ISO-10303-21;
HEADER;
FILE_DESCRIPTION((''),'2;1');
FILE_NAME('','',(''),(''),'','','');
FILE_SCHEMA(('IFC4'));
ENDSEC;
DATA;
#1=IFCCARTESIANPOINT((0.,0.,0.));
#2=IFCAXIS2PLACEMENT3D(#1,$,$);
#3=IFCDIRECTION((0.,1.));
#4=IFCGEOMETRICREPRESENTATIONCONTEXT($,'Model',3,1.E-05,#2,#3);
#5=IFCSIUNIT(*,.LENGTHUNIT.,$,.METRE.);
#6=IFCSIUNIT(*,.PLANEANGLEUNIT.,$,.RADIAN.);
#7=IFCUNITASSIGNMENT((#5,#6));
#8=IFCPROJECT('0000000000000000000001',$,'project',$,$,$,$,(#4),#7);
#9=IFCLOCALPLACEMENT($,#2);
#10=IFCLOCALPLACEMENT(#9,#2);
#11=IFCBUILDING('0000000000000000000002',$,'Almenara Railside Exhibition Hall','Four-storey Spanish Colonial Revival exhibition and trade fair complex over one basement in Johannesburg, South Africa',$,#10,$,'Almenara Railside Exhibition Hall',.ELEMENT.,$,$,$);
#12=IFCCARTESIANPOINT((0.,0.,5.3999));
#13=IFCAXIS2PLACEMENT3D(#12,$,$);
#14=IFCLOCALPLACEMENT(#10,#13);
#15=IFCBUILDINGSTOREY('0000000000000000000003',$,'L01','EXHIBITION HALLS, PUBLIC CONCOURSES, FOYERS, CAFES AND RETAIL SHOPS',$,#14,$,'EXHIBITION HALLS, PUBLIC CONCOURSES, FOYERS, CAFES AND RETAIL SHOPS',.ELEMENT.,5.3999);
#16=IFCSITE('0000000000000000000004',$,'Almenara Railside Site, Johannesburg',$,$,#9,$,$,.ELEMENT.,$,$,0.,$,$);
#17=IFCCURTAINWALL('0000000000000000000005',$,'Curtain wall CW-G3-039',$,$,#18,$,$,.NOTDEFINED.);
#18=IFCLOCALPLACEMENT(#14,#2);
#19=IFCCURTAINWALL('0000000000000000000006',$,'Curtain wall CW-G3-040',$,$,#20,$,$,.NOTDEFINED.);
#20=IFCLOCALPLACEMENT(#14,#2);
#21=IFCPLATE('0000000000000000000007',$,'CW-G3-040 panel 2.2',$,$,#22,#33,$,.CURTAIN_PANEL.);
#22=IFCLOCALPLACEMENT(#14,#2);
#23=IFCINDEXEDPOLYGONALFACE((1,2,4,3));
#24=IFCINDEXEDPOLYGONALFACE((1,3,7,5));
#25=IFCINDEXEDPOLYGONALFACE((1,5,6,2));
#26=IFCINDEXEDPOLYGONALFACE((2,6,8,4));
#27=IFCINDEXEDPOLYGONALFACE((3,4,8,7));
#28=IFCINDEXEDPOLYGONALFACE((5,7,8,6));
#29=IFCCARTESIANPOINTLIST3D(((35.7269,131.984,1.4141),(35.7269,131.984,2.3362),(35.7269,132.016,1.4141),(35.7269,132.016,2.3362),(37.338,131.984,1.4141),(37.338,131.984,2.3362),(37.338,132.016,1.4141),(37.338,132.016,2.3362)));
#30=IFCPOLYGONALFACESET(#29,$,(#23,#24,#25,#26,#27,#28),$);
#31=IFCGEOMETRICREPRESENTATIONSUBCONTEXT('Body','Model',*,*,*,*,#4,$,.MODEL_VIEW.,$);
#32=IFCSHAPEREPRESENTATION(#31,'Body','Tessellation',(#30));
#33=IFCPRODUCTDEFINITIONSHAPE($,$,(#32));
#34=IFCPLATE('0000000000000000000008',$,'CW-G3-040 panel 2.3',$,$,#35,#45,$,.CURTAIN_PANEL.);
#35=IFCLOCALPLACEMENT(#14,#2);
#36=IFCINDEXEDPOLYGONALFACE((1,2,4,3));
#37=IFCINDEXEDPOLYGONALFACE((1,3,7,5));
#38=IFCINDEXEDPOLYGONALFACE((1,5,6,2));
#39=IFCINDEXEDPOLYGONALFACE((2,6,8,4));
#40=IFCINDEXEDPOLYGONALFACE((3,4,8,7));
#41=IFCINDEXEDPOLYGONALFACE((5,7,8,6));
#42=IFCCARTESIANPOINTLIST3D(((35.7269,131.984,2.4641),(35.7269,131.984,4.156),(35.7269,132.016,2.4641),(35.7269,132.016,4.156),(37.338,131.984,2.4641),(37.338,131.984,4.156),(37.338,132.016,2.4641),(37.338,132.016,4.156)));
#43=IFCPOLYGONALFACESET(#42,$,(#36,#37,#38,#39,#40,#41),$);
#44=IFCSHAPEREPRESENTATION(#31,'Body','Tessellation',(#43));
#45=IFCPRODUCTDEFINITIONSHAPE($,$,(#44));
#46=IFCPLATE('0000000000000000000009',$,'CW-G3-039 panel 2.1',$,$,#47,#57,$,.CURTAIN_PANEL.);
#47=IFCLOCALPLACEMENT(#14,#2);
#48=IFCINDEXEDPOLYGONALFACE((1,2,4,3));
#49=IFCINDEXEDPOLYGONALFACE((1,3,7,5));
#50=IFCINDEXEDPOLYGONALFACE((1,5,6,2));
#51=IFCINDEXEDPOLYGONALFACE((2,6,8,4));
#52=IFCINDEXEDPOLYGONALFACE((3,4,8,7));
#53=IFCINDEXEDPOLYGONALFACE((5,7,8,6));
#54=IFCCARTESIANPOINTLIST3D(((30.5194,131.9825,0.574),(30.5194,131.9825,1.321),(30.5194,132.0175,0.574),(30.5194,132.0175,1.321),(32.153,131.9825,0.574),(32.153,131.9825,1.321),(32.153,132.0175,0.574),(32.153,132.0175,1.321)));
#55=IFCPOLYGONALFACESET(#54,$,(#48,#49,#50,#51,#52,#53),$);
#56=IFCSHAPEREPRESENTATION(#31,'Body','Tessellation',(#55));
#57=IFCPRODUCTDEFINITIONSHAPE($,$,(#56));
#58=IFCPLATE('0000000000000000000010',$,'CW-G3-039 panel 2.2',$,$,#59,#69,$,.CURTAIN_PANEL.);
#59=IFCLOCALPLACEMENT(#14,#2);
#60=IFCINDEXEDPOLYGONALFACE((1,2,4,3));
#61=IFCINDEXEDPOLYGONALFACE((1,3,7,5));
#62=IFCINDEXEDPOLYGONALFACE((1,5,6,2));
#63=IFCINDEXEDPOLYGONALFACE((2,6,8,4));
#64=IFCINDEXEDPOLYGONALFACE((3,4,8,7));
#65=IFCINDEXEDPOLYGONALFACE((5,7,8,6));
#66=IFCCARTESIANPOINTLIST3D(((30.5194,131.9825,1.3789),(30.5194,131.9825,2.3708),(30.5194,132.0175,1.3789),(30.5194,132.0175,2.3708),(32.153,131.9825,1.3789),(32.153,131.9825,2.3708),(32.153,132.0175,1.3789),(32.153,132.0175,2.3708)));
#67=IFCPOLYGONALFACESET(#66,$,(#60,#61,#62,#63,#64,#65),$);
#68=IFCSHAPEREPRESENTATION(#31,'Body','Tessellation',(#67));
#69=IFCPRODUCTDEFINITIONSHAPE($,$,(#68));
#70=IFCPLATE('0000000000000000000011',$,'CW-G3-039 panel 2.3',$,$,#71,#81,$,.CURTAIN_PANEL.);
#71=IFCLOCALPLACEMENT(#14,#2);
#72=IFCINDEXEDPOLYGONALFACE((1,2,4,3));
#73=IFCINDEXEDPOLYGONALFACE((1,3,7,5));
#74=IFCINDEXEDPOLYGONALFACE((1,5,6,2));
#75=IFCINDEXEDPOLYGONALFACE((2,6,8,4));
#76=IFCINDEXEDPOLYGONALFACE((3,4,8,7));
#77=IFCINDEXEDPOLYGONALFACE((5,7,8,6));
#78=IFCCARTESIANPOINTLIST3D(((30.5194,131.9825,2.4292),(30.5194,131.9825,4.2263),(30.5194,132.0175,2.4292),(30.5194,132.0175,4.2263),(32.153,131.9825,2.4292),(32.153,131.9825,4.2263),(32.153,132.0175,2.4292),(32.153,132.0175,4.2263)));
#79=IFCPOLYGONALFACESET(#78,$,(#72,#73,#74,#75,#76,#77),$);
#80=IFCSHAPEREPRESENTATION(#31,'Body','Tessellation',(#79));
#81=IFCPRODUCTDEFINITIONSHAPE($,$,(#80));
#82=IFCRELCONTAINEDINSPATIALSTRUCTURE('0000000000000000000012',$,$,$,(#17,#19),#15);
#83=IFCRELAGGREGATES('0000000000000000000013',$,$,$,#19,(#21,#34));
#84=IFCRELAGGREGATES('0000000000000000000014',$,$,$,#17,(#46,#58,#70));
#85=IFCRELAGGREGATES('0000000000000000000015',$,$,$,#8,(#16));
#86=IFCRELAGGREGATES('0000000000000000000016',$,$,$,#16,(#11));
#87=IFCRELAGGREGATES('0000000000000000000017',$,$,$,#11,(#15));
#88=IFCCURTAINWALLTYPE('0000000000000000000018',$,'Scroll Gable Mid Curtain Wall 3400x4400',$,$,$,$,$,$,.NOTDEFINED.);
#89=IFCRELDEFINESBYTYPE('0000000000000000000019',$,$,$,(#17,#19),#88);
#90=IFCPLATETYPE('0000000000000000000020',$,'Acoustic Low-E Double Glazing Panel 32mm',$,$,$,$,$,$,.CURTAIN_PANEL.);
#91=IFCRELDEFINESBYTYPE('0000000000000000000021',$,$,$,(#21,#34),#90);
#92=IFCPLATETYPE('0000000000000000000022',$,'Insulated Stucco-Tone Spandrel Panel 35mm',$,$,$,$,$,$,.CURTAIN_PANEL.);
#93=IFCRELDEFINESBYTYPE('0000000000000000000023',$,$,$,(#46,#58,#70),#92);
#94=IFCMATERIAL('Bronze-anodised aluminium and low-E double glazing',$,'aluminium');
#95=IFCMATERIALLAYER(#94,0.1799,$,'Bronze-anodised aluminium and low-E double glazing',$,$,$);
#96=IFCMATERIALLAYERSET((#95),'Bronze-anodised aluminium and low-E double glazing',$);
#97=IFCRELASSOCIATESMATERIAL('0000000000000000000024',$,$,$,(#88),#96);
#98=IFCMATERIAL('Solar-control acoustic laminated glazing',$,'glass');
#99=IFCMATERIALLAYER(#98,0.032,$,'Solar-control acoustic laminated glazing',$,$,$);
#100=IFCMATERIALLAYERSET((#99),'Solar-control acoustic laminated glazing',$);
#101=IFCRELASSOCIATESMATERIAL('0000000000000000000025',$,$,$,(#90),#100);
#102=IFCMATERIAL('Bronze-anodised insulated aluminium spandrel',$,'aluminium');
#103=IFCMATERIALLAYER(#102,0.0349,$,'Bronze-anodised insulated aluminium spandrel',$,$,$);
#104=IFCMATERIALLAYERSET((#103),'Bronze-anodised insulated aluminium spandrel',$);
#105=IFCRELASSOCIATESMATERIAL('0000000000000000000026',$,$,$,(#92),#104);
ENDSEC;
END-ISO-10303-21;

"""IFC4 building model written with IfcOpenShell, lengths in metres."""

from ifc_helpers import new_model, si_unit, direction, frame, origin, origin_2d, place, context, subcontext, project, spatial, rectangle, extrude, material, layer, layer_set, type_object, element, aggregate, save


model = new_model("IFC4")

# Units and contexts
model_context = context("Model", 3, precision=1e-05, world=origin(), true_north=direction((0.0, 1.0)))
body_context = subcontext(model_context, "Body", "Model", "MODEL_VIEW")
ifc_project = project(units=[si_unit("LENGTHUNIT", "METRE"), si_unit("PLANEANGLEUNIT", "RADIAN")], contexts=[model_context])

# Site, building, storey
site_placement = place(None, origin())
site = spatial("IfcSite", under=ifc_project, at=site_placement, Name="Almenara Railside Site, Johannesburg", CompositionType="ELEMENT", RefElevation=0.0)
building_placement = place(site_placement, origin())
building = spatial("IfcBuilding", under=site, at=building_placement, Name="Almenara Railside Exhibition Hall", Description="Four-storey Spanish Colonial Revival exhibition and trade fair complex over one basement in Johannesburg, South Africa", LongName="Almenara Railside Exhibition Hall", CompositionType="ELEMENT")
storey_placement = place(building_placement, frame((0.0, 0.0, 5.3999)))
storey = spatial("IfcBuildingStorey", under=building, at=storey_placement, Name="L01", Description="EXHIBITION HALLS, PUBLIC CONCOURSES, FOYERS, CAFES AND RETAIL SHOPS", LongName="EXHIBITION HALLS, PUBLIC CONCOURSES, FOYERS, CAFES AND RETAIL SHOPS", CompositionType="ELEMENT", Elevation=5.3999)

# Curtain wall
ifc_material_1 = material(Name="Bronze-anodised aluminium and low-E double glazing", Category="aluminium")
ifc_layer_1 = layer(ifc_material_1, 0.1799, Name="Bronze-anodised aluminium and low-E double glazing")
ifc_layer_set_1 = layer_set([ifc_layer_1], Name="Bronze-anodised aluminium and low-E double glazing")
curtain_wall_type = type_object("IfcCurtainWallType", Name="Scroll Gable Mid Curtain Wall 3400x4400", PredefinedType="NOTDEFINED", material=ifc_layer_set_1)
curtain_wall_1_placement = place(storey_placement, origin())
curtain_wall_1 = element("IfcCurtainWall", 1, at=curtain_wall_1_placement, inside=storey, type_object=curtain_wall_type, Name="Curtain wall CW-G3-039", PredefinedType="NOTDEFINED")

# Curtain wall
curtain_wall_2_placement = place(storey_placement, origin())
curtain_wall_2 = element("IfcCurtainWall", 2, at=curtain_wall_2_placement, inside=storey, type_object=curtain_wall_type, Name="Curtain wall CW-G3-040", PredefinedType="NOTDEFINED")

# Plates
ifc_material_2 = material(Name="Solar-control acoustic laminated glazing", Category="glass")
ifc_layer_2 = layer(ifc_material_2, 0.032, Name="Solar-control acoustic laminated glazing")
ifc_layer_set_2 = layer_set([ifc_layer_2], Name="Solar-control acoustic laminated glazing")
plate_type_1 = type_object("IfcPlateType", Name="Acoustic Low-E Double Glazing Panel 32mm", PredefinedType="CURTAIN_PANEL", material=ifc_layer_set_2)
plate_1_placement = place(storey_placement, frame((36.5325, 132.0, 1.4141), z_axis=(0.0, 0.0, 1.0), x_axis=(1.0, 0.0, 0.0)))
plate_1 = element("IfcPlate", 3, at=plate_1_placement, type_object=plate_type_1, Name="CW-G3-040 panel 2.2", PredefinedType="CURTAIN_PANEL", context=body_context, shape_type="SweptSolid", body=[
    extrude(rectangle(XDim=1.6111, YDim=0.032, at=origin_2d()), origin(), (0.0, 0.0, 1.0), 0.9221),
])
plate_2_placement = place(storey_placement, frame((36.5325, 132.0, 2.4641), z_axis=(0.0, 0.0, 1.0), x_axis=(1.0, 0.0, 0.0)))
plate_2 = element("IfcPlate", 4, at=plate_2_placement, type_object=plate_type_1, Name="CW-G3-040 panel 2.3", PredefinedType="CURTAIN_PANEL", context=body_context, shape_type="SweptSolid", body=[
    extrude(rectangle(XDim=1.6111, YDim=0.032, at=origin_2d()), origin(), (0.0, 0.0, 1.0), 1.6919),
])
aggregate(curtain_wall_2, [plate_1, plate_2])
ifc_material_3 = material(Name="Bronze-anodised insulated aluminium spandrel", Category="aluminium")
ifc_layer_3 = layer(ifc_material_3, 0.0349, Name="Bronze-anodised insulated aluminium spandrel")
ifc_layer_set_3 = layer_set([ifc_layer_3], Name="Bronze-anodised insulated aluminium spandrel")
plate_type_2 = type_object("IfcPlateType", Name="Insulated Stucco-Tone Spandrel Panel 35mm", PredefinedType="CURTAIN_PANEL", material=ifc_layer_set_3)
plate_3_placement = place(storey_placement, frame((31.3362, 132.0, 0.574), z_axis=(0.0, 0.0, 1.0), x_axis=(1.0, 0.0, 0.0)))
plate_3 = element("IfcPlate", 5, at=plate_3_placement, type_object=plate_type_2, Name="CW-G3-039 panel 2.1", PredefinedType="CURTAIN_PANEL", context=body_context, shape_type="SweptSolid", body=[
    extrude(rectangle(XDim=1.6335, YDim=0.0349, at=origin_2d()), origin(), (0.0, 0.0, 1.0), 0.7471),
])
plate_4_placement = place(storey_placement, frame((31.3362, 132.0, 1.3789), z_axis=(0.0, 0.0, 1.0), x_axis=(1.0, 0.0, 0.0)))
plate_4 = element("IfcPlate", 6, at=plate_4_placement, type_object=plate_type_2, Name="CW-G3-039 panel 2.2", PredefinedType="CURTAIN_PANEL", context=body_context, shape_type="SweptSolid", body=[
    extrude(rectangle(XDim=1.6335, YDim=0.0349, at=origin_2d()), origin(), (0.0, 0.0, 1.0), 0.9919),
])
plate_5_placement = place(storey_placement, frame((31.3362, 132.0, 2.4292), z_axis=(0.0, 0.0, 1.0), x_axis=(1.0, 0.0, 0.0)))
plate_5 = element("IfcPlate", 7, at=plate_5_placement, type_object=plate_type_2, Name="CW-G3-039 panel 2.3", PredefinedType="CURTAIN_PANEL", context=body_context, shape_type="SweptSolid", body=[
    extrude(rectangle(XDim=1.6335, YDim=0.0349, at=origin_2d()), origin(), (0.0, 0.0, 1.0), 1.7971),
])
aggregate(curtain_wall_1, [plate_3, plate_4, plate_5])

save(model, "model.ifc")
